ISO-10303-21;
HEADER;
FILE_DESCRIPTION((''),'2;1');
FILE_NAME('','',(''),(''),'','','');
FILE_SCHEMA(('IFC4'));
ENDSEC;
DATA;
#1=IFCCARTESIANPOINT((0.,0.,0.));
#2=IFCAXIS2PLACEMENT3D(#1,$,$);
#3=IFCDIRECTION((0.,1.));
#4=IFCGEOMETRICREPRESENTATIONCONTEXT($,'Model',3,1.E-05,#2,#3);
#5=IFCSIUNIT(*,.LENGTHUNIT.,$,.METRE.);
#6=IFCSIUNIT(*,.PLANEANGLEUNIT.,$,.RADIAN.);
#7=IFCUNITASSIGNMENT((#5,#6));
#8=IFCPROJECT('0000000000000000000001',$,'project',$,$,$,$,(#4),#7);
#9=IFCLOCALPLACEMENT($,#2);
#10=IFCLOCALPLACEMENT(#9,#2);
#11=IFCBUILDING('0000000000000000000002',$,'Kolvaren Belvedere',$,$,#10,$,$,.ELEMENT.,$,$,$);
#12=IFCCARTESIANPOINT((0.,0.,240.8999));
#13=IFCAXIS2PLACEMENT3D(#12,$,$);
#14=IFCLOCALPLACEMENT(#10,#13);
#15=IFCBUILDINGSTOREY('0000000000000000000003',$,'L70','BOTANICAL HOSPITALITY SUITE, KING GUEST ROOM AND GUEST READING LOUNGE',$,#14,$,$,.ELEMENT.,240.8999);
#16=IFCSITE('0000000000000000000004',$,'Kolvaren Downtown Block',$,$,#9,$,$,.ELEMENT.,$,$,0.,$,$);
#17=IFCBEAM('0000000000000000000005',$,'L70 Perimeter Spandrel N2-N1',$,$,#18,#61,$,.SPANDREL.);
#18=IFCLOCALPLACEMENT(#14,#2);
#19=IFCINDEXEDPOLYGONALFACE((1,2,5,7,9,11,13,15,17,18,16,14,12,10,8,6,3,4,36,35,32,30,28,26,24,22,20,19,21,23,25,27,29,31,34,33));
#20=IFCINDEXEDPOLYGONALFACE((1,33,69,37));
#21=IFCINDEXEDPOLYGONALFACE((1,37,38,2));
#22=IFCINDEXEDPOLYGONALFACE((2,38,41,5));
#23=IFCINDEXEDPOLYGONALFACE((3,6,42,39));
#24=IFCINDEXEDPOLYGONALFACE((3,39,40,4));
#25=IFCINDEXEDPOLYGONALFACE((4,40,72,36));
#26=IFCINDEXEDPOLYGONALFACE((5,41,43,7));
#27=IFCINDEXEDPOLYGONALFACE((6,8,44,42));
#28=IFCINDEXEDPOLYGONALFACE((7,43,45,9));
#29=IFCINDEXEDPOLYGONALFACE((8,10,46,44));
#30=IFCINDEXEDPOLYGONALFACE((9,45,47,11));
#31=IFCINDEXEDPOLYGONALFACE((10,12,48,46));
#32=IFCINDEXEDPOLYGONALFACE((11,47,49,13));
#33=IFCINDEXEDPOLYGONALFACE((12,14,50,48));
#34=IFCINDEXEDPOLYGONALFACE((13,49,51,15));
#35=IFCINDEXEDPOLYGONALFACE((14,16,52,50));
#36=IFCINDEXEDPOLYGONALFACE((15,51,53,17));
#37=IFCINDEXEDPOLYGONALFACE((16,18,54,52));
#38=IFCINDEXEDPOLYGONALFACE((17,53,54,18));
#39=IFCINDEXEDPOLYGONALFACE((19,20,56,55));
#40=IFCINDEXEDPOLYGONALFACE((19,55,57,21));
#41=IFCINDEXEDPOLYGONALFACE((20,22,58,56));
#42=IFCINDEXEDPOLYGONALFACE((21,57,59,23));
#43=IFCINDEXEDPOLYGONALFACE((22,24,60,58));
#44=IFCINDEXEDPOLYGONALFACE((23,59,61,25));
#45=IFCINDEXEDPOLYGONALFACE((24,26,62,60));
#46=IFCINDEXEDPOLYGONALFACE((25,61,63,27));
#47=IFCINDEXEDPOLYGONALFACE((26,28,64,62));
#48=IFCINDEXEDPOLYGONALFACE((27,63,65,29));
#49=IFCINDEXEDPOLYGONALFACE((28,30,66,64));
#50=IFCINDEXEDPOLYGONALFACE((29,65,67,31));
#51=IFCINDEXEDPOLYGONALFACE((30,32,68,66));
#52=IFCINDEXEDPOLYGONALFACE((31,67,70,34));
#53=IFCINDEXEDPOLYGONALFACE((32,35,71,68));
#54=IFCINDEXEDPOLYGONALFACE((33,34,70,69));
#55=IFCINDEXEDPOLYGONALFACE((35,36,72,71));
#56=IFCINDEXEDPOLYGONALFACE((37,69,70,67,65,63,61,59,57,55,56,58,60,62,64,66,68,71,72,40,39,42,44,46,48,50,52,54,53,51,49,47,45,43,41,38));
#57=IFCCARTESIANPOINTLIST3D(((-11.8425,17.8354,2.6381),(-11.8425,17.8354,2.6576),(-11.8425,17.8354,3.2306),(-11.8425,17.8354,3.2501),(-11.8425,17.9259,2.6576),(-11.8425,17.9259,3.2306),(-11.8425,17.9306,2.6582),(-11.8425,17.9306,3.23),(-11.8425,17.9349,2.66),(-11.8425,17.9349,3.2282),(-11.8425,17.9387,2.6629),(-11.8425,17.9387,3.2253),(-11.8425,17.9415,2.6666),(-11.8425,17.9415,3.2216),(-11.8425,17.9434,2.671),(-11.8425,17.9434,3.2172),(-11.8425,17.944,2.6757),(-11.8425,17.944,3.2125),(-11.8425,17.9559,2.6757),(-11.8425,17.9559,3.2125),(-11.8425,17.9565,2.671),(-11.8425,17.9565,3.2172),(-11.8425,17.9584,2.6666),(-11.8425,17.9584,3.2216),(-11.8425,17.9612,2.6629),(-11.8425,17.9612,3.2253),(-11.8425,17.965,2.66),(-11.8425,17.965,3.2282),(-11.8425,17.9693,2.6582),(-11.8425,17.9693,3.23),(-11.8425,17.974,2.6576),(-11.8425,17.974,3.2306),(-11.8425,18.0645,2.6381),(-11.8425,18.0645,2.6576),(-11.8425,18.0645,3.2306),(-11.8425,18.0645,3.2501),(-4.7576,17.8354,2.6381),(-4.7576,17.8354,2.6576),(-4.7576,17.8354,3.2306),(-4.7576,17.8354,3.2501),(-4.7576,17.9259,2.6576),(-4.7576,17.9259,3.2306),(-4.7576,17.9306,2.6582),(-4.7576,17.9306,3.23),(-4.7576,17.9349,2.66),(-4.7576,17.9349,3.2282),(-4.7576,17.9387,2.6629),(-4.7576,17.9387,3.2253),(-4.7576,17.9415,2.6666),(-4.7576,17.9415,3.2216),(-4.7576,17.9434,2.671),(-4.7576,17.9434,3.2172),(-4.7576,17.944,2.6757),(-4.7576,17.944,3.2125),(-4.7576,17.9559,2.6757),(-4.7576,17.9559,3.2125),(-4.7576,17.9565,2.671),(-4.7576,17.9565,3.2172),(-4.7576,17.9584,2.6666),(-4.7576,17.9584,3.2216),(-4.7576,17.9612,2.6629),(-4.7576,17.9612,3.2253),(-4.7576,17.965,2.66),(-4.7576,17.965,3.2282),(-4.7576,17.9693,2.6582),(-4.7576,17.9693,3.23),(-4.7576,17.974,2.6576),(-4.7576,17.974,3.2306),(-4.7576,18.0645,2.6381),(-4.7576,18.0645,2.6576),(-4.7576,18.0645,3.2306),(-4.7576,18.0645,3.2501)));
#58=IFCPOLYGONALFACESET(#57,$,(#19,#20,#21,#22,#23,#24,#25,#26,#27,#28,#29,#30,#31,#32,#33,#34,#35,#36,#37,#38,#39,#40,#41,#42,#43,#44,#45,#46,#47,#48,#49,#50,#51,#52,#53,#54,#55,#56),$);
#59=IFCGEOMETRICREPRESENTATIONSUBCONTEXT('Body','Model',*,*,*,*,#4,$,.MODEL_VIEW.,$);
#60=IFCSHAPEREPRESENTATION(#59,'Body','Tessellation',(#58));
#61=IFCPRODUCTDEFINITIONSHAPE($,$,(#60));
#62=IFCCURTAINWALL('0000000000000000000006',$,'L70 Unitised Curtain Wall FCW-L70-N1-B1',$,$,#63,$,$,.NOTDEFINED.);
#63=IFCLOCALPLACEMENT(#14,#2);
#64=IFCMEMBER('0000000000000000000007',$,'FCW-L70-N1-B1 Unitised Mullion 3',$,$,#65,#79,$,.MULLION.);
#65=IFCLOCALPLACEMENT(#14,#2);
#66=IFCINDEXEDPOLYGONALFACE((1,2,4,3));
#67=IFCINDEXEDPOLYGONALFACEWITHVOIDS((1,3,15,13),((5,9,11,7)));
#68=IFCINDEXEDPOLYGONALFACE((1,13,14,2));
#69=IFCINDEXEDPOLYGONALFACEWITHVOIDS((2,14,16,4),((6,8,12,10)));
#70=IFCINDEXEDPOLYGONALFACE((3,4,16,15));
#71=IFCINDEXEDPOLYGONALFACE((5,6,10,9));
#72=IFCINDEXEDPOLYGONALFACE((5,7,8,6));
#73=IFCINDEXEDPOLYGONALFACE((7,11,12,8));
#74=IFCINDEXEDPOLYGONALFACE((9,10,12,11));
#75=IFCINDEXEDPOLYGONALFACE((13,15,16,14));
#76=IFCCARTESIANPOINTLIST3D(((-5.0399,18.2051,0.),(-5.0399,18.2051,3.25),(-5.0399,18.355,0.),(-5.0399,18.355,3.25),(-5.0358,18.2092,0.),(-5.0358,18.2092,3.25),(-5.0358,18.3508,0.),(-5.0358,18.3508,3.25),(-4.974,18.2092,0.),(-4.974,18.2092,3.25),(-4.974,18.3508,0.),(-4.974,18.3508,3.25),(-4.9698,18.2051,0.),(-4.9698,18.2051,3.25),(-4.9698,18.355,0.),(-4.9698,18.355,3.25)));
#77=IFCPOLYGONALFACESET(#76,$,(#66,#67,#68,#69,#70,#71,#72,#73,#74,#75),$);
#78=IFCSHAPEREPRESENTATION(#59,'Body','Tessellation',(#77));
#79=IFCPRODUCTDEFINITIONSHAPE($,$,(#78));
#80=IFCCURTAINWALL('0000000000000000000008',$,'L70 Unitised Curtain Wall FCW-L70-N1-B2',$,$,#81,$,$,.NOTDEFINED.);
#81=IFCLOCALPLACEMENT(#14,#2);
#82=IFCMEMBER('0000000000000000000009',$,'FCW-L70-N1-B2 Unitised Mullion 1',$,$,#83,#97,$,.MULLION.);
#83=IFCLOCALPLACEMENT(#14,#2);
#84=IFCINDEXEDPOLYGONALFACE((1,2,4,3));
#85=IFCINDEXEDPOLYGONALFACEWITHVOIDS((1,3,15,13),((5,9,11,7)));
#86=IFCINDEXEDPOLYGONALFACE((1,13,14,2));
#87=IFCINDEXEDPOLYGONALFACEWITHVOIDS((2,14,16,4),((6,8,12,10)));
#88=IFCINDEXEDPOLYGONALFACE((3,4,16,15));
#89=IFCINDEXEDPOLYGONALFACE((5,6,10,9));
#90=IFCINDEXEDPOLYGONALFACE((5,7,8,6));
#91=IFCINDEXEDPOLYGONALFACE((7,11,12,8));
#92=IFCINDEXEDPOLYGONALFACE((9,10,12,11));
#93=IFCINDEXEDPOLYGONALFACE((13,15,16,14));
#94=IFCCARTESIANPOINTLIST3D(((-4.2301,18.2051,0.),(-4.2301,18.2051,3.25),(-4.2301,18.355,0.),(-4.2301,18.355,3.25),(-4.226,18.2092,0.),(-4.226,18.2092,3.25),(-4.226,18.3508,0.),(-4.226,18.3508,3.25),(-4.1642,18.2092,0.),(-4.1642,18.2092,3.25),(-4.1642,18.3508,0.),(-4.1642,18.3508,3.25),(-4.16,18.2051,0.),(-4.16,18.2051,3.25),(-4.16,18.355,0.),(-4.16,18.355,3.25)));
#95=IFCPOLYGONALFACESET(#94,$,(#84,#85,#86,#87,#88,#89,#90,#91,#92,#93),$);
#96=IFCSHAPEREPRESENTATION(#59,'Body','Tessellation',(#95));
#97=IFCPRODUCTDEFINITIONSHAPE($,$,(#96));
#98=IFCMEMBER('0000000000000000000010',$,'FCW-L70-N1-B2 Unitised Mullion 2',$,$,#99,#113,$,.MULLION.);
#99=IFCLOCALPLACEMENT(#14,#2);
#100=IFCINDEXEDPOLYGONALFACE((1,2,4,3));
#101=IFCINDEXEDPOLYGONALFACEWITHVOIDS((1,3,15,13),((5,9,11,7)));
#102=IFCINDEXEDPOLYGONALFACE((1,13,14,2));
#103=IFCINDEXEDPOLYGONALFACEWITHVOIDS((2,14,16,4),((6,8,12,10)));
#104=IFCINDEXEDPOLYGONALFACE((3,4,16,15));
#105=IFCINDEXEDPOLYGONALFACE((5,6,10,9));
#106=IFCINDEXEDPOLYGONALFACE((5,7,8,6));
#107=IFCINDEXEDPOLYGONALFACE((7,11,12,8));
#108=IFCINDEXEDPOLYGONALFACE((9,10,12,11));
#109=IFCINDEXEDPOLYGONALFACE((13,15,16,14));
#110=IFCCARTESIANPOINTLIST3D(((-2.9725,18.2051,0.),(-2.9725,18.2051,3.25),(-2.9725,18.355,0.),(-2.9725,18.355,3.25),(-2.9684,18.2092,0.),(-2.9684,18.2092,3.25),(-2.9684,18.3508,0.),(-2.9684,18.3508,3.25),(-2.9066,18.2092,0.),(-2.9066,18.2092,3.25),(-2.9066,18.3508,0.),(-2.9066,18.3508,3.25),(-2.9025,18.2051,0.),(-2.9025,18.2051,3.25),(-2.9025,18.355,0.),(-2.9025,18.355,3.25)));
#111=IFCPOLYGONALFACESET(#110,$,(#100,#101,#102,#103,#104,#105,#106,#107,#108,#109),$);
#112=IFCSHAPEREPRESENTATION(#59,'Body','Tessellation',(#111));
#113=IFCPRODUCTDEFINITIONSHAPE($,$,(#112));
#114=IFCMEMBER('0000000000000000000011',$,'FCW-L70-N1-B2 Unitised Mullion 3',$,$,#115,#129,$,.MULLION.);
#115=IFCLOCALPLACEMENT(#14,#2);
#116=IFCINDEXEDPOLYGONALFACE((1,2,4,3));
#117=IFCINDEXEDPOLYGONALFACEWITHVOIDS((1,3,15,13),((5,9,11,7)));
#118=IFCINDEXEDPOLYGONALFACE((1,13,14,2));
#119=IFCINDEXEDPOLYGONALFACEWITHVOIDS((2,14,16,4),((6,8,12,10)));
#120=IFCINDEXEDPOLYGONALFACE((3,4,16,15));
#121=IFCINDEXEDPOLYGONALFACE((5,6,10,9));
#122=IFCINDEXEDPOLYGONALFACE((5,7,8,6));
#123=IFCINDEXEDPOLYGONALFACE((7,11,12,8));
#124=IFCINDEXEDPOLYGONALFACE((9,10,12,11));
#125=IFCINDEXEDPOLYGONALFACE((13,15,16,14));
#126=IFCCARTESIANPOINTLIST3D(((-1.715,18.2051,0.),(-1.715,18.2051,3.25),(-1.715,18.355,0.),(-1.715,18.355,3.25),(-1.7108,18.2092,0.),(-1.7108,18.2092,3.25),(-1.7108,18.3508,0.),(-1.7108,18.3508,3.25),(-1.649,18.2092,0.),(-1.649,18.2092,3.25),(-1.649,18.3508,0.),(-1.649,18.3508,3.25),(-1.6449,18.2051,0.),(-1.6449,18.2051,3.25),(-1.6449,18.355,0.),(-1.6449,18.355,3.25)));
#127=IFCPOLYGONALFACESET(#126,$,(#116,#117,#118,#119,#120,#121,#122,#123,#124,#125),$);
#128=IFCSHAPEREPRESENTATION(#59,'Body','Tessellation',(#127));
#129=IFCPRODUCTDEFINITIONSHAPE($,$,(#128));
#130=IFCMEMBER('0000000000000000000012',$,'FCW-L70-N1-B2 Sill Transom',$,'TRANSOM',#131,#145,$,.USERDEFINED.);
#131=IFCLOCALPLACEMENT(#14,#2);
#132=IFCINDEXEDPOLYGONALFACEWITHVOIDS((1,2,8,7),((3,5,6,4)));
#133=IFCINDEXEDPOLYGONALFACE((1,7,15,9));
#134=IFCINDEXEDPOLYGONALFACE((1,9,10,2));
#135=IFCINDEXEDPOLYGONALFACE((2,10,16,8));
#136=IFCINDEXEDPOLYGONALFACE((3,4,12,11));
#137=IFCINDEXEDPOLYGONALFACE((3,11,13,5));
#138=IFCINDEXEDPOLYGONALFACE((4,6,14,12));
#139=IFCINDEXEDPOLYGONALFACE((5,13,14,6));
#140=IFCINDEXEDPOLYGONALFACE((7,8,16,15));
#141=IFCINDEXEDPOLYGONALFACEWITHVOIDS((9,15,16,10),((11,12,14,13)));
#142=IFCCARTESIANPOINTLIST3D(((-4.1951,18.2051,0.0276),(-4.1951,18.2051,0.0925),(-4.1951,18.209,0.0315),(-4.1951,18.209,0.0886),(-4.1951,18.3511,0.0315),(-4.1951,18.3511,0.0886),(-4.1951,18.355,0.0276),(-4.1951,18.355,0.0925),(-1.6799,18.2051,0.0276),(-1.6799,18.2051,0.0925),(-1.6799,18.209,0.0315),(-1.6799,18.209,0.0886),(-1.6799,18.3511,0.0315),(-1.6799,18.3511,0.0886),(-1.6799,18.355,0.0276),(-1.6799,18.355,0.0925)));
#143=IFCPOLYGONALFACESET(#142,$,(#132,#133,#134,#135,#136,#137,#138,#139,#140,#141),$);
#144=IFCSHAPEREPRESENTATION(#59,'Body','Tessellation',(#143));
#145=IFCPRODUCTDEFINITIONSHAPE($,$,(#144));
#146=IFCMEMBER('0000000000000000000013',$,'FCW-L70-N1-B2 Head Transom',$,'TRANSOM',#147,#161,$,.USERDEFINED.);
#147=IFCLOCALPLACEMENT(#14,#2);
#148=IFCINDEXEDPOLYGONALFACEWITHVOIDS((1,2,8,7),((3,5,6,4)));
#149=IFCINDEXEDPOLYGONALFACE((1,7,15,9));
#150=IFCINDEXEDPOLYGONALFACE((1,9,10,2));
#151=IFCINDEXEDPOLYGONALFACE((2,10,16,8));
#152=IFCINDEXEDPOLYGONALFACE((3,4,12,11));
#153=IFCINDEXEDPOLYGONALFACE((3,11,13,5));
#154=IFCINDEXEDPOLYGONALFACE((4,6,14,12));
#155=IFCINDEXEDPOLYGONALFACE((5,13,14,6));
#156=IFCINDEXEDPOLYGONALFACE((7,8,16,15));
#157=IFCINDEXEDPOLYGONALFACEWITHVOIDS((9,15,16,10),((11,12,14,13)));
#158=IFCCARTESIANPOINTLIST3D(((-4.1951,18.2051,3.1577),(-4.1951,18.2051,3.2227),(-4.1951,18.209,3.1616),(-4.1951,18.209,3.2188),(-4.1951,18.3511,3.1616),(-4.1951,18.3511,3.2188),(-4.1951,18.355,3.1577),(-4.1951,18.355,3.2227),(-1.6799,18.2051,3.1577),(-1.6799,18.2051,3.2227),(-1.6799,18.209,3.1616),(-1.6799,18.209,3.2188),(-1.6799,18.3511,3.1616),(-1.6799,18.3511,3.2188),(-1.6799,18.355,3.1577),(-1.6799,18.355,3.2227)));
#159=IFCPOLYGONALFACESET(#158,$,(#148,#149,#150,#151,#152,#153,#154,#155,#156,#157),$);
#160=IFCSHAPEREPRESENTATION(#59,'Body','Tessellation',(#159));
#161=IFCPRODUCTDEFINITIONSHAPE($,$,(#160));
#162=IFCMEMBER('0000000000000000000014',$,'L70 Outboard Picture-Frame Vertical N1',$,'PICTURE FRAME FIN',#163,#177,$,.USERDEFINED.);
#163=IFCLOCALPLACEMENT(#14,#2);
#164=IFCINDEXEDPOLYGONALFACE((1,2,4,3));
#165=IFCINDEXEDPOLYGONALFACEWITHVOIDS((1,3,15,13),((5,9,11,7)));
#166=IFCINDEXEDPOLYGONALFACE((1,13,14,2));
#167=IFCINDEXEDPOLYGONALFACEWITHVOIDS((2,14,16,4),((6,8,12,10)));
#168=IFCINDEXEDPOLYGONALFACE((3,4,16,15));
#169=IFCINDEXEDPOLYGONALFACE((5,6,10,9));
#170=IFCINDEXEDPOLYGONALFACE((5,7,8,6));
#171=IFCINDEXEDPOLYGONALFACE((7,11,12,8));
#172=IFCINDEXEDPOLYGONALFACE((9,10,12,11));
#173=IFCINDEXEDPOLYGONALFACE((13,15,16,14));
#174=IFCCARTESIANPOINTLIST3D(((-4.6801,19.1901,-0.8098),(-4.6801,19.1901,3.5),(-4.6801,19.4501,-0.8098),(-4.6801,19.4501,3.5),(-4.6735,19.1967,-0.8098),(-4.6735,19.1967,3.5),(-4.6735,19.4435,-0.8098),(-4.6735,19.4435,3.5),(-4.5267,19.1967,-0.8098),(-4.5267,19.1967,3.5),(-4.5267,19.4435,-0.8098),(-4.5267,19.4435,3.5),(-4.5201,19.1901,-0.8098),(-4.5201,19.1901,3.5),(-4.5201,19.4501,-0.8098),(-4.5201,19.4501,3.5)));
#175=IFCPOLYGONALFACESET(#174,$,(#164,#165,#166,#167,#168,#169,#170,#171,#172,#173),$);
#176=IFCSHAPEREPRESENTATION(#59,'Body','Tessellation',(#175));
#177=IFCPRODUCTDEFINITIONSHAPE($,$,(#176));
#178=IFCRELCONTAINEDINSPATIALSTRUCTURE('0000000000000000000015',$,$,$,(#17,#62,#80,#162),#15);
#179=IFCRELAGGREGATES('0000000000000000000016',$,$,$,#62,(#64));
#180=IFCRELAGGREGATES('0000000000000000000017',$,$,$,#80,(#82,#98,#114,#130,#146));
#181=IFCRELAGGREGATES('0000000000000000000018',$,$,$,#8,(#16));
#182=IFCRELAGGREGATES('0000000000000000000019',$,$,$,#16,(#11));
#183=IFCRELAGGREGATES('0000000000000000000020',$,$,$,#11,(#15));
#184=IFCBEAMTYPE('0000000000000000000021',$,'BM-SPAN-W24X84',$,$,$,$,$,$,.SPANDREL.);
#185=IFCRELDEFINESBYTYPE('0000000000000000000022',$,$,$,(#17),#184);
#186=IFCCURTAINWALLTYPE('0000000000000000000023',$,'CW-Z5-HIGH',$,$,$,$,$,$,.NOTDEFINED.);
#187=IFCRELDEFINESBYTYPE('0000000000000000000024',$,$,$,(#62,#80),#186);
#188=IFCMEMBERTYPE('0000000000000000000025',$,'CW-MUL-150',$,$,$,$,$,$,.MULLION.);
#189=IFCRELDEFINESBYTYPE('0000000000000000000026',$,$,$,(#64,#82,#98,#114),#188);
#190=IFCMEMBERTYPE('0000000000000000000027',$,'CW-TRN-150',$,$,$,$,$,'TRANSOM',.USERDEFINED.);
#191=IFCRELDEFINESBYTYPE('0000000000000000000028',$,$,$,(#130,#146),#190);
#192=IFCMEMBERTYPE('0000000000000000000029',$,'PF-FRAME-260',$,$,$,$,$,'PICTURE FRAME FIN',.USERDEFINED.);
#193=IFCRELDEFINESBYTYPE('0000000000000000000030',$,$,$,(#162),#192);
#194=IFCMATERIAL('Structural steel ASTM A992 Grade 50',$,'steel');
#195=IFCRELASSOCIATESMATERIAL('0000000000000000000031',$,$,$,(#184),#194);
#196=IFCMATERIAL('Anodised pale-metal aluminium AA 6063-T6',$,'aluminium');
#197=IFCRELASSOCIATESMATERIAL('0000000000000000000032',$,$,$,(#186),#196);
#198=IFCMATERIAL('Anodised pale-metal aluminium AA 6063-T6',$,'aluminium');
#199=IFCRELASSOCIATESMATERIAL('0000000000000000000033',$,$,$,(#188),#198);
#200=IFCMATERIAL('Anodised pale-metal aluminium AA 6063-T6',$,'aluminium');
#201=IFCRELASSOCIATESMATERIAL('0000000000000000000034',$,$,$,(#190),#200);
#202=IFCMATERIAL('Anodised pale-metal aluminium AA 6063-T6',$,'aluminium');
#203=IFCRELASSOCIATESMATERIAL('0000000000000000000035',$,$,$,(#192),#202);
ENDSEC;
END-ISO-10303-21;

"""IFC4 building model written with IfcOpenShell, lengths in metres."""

from ifc_helpers import new_model, si_unit, direction, frame, origin, origin_2d, place, context, subcontext, project, spatial, hollow_rectangle, i_section, extrude, material, material_profile, profile_set, type_object, element, aggregate, save


model = new_model("IFC4")

# Units and contexts
model_context = context("Model", 3, precision=1e-05, world=origin(), true_north=direction((0.0, 1.0)))
body_context = subcontext(model_context, "Body", "Model", "MODEL_VIEW")
ifc_project = project(units=[si_unit("LENGTHUNIT", "METRE"), si_unit("PLANEANGLEUNIT", "RADIAN")], contexts=[model_context])

# Site, building, storey
site_placement = place(None, origin())
site = spatial("IfcSite", under=ifc_project, at=site_placement, Name="Kolvaren Downtown Block", CompositionType="ELEMENT", RefElevation=0.0)
building_placement = place(site_placement, origin())
building = spatial("IfcBuilding", under=site, at=building_placement, Name="Kolvaren Belvedere", CompositionType="ELEMENT")
storey_placement = place(building_placement, frame((0.0, 0.0, 240.8999)))
storey = spatial("IfcBuildingStorey", under=building, at=storey_placement, Name="L70", Description="BOTANICAL HOSPITALITY SUITE, KING GUEST ROOM AND GUEST READING LOUNGE", CompositionType="ELEMENT", Elevation=240.8999)

# Beam
ifc_material_1 = material(Name="Structural steel ASTM A992 Grade 50", Category="steel")
ifc_material_profile_1 = material_profile(ifc_material_1, i_section(OverallWidth=0.229, OverallDepth=0.6121, WebThickness=0.012, FlangeThickness=0.0195, FilletRadius=0.0181, at=origin_2d()), Name="W24X84")
ifc_profile_set_1 = profile_set([ifc_material_profile_1], Name="Structural steel ASTM A992 Grade 50")
beam_type_1 = type_object("IfcBeamType", Name="BM-SPAN-W24X84", PredefinedType="SPANDREL", material=ifc_profile_set_1)
beam_1_placement = place(storey_placement, frame((-4.7576, 17.95, 2.9441), z_axis=(-1.0, 0.0, 0.0), x_axis=(0.0, -1.0, 0.0)))
element("IfcBeam", 1, at=beam_1_placement, inside=storey, type_object=beam_type_1, Name="L70 Perimeter Spandrel N2-N1", PredefinedType="SPANDREL", context=body_context, shape_type="SweptSolid", body=[
    extrude(i_section(OverallWidth=0.229, OverallDepth=0.6121, WebThickness=0.012, FlangeThickness=0.0195, FilletRadius=0.0181, at=origin_2d()), origin(), (0.0, 0.0, 1.0), 7.085),
])

# Curtain wall, member
ifc_material_2 = material(Name="Anodised pale-metal aluminium AA 6063-T6", Category="aluminium")
curtain_wall_type = type_object("IfcCurtainWallType", Name="CW-Z5-HIGH", PredefinedType="NOTDEFINED", material=ifc_material_2)
curtain_wall_1_placement = place(storey_placement, origin())
curtain_wall_1 = element("IfcCurtainWall", 2, at=curtain_wall_1_placement, inside=storey, type_object=curtain_wall_type, Name="L70 Unitised Curtain Wall FCW-L70-N1-B1", PredefinedType="NOTDEFINED")
ifc_material_3 = material(Name="Anodised pale-metal aluminium AA 6063-T6", Category="aluminium")
ifc_material_profile_2 = material_profile(ifc_material_3, hollow_rectangle(XDim=0.0701, YDim=0.1499, WallThickness=0.0042, at=origin_2d()), Name="ALU-MUL-150X70")
ifc_profile_set_2 = profile_set([ifc_material_profile_2], Name="Anodised pale-metal aluminium AA 6063-T6")
member_type_1 = type_object("IfcMemberType", Name="CW-MUL-150", PredefinedType="MULLION", material=ifc_profile_set_2)
member_1_placement = place(storey_placement, frame((-5.0049, 18.28, 0.0), z_axis=(0.0, 0.0, 1.0), x_axis=(1.0, 0.0, 0.0)))
member_1 = element("IfcMember", 3, at=member_1_placement, type_object=member_type_1, Name="FCW-L70-N1-B1 Unitised Mullion 3", PredefinedType="MULLION", context=body_context, shape_type="SweptSolid", body=[
    extrude(hollow_rectangle(XDim=0.0701, YDim=0.1499, WallThickness=0.0042, at=origin_2d()), origin(), (0.0, 0.0, 1.0), 3.25),
])

# Curtain wall, members
curtain_wall_2_placement = place(storey_placement, origin())
curtain_wall_2 = element("IfcCurtainWall", 4, at=curtain_wall_2_placement, inside=storey, type_object=curtain_wall_type, Name="L70 Unitised Curtain Wall FCW-L70-N1-B2", PredefinedType="NOTDEFINED")
member_2_placement = place(storey_placement, frame((-4.1951, 18.28, 0.0), z_axis=(0.0, 0.0, 1.0), x_axis=(1.0, 0.0, 0.0)))
member_2 = element("IfcMember", 5, at=member_2_placement, type_object=member_type_1, Name="FCW-L70-N1-B2 Unitised Mullion 1", PredefinedType="MULLION", context=body_context, shape_type="SweptSolid", body=[
    extrude(hollow_rectangle(XDim=0.0701, YDim=0.1499, WallThickness=0.0042, at=origin_2d()), origin(), (0.0, 0.0, 1.0), 3.25),
])
member_3_placement = place(storey_placement, frame((-2.9375, 18.28, 0.0), z_axis=(0.0, 0.0, 1.0), x_axis=(1.0, 0.0, 0.0)))
member_3 = element("IfcMember", 6, at=member_3_placement, type_object=member_type_1, Name="FCW-L70-N1-B2 Unitised Mullion 2", PredefinedType="MULLION", context=body_context, shape_type="SweptSolid", body=[
    extrude(hollow_rectangle(XDim=0.0701, YDim=0.1499, WallThickness=0.0042, at=origin_2d()), origin(), (0.0, 0.0, 1.0), 3.25),
])
member_4_placement = place(storey_placement, frame((-1.6799, 18.28, 0.0), z_axis=(0.0, 0.0, 1.0), x_axis=(1.0, 0.0, 0.0)))
member_4 = element("IfcMember", 7, at=member_4_placement, type_object=member_type_1, Name="FCW-L70-N1-B2 Unitised Mullion 3", PredefinedType="MULLION", context=body_context, shape_type="SweptSolid", body=[
    extrude(hollow_rectangle(XDim=0.0701, YDim=0.1499, WallThickness=0.0042, at=origin_2d()), origin(), (0.0, 0.0, 1.0), 3.25),
])
ifc_material_4 = material(Name="Anodised pale-metal aluminium AA 6063-T6", Category="aluminium")
ifc_material_profile_3 = material_profile(ifc_material_4, hollow_rectangle(XDim=0.0649, YDim=0.1499, WallThickness=0.0039, at=origin_2d()), Name="ALU-TRN-150X65")
ifc_profile_set_3 = profile_set([ifc_material_profile_3], Name="Anodised pale-metal aluminium AA 6063-T6")
member_type_2 = type_object("IfcMemberType", Name="CW-TRN-150", ElementType="TRANSOM", PredefinedType="USERDEFINED", material=ifc_profile_set_3)
member_5_placement = place(storey_placement, frame((-4.1951, 18.28, 0.0601), z_axis=(1.0, 0.0, 0.0), x_axis=(0.0, 0.0, 1.0)))
member_5 = element("IfcMember", 8, at=member_5_placement, type_object=member_type_2, Name="FCW-L70-N1-B2 Sill Transom", ObjectType="TRANSOM", PredefinedType="USERDEFINED", context=body_context, shape_type="SweptSolid", body=[
    extrude(hollow_rectangle(XDim=0.0649, YDim=0.1499, WallThickness=0.0039, at=origin_2d()), origin(), (0.0, 0.0, 1.0), 2.5151),
])
member_6_placement = place(storey_placement, frame((-4.1951, 18.28, 3.1902), z_axis=(1.0, 0.0, 0.0), x_axis=(0.0, 0.0, 1.0)))
member_6 = element("IfcMember", 9, at=member_6_placement, type_object=member_type_2, Name="FCW-L70-N1-B2 Head Transom", ObjectType="TRANSOM", PredefinedType="USERDEFINED", context=body_context, shape_type="SweptSolid", body=[
    extrude(hollow_rectangle(XDim=0.0649, YDim=0.1499, WallThickness=0.0039, at=origin_2d()), origin(), (0.0, 0.0, 1.0), 2.5151),
])

# Member
ifc_material_5 = material(Name="Anodised pale-metal aluminium AA 6063-T6", Category="aluminium")
ifc_material_profile_4 = material_profile(ifc_material_5, hollow_rectangle(XDim=0.1599, YDim=0.26, WallThickness=0.0066, at=origin_2d()), Name="ALU-PF-260X160")
ifc_profile_set_4 = profile_set([ifc_material_profile_4], Name="Anodised pale-metal aluminium AA 6063-T6")
member_type_3 = type_object("IfcMemberType", Name="PF-FRAME-260", ElementType="PICTURE FRAME FIN", PredefinedType="USERDEFINED", material=ifc_profile_set_4)
member_7_placement = place(storey_placement, frame((-4.6001, 19.3201, -0.8098), z_axis=(0.0, 0.0, 1.0), x_axis=(1.0, 0.0, 0.0)))
element("IfcMember", 10, at=member_7_placement, inside=storey, type_object=member_type_3, Name="L70 Outboard Picture-Frame Vertical N1", ObjectType="PICTURE FRAME FIN", PredefinedType="USERDEFINED", context=body_context, shape_type="SweptSolid", body=[
    extrude(hollow_rectangle(XDim=0.1599, YDim=0.26, WallThickness=0.0066, at=origin_2d()), origin(), (0.0, 0.0, 1.0), 4.3098),
])

aggregate(curtain_wall_1, [member_1])
aggregate(curtain_wall_2, [member_2, member_3, member_4, member_5, member_6])

save(model, "model.ifc")
